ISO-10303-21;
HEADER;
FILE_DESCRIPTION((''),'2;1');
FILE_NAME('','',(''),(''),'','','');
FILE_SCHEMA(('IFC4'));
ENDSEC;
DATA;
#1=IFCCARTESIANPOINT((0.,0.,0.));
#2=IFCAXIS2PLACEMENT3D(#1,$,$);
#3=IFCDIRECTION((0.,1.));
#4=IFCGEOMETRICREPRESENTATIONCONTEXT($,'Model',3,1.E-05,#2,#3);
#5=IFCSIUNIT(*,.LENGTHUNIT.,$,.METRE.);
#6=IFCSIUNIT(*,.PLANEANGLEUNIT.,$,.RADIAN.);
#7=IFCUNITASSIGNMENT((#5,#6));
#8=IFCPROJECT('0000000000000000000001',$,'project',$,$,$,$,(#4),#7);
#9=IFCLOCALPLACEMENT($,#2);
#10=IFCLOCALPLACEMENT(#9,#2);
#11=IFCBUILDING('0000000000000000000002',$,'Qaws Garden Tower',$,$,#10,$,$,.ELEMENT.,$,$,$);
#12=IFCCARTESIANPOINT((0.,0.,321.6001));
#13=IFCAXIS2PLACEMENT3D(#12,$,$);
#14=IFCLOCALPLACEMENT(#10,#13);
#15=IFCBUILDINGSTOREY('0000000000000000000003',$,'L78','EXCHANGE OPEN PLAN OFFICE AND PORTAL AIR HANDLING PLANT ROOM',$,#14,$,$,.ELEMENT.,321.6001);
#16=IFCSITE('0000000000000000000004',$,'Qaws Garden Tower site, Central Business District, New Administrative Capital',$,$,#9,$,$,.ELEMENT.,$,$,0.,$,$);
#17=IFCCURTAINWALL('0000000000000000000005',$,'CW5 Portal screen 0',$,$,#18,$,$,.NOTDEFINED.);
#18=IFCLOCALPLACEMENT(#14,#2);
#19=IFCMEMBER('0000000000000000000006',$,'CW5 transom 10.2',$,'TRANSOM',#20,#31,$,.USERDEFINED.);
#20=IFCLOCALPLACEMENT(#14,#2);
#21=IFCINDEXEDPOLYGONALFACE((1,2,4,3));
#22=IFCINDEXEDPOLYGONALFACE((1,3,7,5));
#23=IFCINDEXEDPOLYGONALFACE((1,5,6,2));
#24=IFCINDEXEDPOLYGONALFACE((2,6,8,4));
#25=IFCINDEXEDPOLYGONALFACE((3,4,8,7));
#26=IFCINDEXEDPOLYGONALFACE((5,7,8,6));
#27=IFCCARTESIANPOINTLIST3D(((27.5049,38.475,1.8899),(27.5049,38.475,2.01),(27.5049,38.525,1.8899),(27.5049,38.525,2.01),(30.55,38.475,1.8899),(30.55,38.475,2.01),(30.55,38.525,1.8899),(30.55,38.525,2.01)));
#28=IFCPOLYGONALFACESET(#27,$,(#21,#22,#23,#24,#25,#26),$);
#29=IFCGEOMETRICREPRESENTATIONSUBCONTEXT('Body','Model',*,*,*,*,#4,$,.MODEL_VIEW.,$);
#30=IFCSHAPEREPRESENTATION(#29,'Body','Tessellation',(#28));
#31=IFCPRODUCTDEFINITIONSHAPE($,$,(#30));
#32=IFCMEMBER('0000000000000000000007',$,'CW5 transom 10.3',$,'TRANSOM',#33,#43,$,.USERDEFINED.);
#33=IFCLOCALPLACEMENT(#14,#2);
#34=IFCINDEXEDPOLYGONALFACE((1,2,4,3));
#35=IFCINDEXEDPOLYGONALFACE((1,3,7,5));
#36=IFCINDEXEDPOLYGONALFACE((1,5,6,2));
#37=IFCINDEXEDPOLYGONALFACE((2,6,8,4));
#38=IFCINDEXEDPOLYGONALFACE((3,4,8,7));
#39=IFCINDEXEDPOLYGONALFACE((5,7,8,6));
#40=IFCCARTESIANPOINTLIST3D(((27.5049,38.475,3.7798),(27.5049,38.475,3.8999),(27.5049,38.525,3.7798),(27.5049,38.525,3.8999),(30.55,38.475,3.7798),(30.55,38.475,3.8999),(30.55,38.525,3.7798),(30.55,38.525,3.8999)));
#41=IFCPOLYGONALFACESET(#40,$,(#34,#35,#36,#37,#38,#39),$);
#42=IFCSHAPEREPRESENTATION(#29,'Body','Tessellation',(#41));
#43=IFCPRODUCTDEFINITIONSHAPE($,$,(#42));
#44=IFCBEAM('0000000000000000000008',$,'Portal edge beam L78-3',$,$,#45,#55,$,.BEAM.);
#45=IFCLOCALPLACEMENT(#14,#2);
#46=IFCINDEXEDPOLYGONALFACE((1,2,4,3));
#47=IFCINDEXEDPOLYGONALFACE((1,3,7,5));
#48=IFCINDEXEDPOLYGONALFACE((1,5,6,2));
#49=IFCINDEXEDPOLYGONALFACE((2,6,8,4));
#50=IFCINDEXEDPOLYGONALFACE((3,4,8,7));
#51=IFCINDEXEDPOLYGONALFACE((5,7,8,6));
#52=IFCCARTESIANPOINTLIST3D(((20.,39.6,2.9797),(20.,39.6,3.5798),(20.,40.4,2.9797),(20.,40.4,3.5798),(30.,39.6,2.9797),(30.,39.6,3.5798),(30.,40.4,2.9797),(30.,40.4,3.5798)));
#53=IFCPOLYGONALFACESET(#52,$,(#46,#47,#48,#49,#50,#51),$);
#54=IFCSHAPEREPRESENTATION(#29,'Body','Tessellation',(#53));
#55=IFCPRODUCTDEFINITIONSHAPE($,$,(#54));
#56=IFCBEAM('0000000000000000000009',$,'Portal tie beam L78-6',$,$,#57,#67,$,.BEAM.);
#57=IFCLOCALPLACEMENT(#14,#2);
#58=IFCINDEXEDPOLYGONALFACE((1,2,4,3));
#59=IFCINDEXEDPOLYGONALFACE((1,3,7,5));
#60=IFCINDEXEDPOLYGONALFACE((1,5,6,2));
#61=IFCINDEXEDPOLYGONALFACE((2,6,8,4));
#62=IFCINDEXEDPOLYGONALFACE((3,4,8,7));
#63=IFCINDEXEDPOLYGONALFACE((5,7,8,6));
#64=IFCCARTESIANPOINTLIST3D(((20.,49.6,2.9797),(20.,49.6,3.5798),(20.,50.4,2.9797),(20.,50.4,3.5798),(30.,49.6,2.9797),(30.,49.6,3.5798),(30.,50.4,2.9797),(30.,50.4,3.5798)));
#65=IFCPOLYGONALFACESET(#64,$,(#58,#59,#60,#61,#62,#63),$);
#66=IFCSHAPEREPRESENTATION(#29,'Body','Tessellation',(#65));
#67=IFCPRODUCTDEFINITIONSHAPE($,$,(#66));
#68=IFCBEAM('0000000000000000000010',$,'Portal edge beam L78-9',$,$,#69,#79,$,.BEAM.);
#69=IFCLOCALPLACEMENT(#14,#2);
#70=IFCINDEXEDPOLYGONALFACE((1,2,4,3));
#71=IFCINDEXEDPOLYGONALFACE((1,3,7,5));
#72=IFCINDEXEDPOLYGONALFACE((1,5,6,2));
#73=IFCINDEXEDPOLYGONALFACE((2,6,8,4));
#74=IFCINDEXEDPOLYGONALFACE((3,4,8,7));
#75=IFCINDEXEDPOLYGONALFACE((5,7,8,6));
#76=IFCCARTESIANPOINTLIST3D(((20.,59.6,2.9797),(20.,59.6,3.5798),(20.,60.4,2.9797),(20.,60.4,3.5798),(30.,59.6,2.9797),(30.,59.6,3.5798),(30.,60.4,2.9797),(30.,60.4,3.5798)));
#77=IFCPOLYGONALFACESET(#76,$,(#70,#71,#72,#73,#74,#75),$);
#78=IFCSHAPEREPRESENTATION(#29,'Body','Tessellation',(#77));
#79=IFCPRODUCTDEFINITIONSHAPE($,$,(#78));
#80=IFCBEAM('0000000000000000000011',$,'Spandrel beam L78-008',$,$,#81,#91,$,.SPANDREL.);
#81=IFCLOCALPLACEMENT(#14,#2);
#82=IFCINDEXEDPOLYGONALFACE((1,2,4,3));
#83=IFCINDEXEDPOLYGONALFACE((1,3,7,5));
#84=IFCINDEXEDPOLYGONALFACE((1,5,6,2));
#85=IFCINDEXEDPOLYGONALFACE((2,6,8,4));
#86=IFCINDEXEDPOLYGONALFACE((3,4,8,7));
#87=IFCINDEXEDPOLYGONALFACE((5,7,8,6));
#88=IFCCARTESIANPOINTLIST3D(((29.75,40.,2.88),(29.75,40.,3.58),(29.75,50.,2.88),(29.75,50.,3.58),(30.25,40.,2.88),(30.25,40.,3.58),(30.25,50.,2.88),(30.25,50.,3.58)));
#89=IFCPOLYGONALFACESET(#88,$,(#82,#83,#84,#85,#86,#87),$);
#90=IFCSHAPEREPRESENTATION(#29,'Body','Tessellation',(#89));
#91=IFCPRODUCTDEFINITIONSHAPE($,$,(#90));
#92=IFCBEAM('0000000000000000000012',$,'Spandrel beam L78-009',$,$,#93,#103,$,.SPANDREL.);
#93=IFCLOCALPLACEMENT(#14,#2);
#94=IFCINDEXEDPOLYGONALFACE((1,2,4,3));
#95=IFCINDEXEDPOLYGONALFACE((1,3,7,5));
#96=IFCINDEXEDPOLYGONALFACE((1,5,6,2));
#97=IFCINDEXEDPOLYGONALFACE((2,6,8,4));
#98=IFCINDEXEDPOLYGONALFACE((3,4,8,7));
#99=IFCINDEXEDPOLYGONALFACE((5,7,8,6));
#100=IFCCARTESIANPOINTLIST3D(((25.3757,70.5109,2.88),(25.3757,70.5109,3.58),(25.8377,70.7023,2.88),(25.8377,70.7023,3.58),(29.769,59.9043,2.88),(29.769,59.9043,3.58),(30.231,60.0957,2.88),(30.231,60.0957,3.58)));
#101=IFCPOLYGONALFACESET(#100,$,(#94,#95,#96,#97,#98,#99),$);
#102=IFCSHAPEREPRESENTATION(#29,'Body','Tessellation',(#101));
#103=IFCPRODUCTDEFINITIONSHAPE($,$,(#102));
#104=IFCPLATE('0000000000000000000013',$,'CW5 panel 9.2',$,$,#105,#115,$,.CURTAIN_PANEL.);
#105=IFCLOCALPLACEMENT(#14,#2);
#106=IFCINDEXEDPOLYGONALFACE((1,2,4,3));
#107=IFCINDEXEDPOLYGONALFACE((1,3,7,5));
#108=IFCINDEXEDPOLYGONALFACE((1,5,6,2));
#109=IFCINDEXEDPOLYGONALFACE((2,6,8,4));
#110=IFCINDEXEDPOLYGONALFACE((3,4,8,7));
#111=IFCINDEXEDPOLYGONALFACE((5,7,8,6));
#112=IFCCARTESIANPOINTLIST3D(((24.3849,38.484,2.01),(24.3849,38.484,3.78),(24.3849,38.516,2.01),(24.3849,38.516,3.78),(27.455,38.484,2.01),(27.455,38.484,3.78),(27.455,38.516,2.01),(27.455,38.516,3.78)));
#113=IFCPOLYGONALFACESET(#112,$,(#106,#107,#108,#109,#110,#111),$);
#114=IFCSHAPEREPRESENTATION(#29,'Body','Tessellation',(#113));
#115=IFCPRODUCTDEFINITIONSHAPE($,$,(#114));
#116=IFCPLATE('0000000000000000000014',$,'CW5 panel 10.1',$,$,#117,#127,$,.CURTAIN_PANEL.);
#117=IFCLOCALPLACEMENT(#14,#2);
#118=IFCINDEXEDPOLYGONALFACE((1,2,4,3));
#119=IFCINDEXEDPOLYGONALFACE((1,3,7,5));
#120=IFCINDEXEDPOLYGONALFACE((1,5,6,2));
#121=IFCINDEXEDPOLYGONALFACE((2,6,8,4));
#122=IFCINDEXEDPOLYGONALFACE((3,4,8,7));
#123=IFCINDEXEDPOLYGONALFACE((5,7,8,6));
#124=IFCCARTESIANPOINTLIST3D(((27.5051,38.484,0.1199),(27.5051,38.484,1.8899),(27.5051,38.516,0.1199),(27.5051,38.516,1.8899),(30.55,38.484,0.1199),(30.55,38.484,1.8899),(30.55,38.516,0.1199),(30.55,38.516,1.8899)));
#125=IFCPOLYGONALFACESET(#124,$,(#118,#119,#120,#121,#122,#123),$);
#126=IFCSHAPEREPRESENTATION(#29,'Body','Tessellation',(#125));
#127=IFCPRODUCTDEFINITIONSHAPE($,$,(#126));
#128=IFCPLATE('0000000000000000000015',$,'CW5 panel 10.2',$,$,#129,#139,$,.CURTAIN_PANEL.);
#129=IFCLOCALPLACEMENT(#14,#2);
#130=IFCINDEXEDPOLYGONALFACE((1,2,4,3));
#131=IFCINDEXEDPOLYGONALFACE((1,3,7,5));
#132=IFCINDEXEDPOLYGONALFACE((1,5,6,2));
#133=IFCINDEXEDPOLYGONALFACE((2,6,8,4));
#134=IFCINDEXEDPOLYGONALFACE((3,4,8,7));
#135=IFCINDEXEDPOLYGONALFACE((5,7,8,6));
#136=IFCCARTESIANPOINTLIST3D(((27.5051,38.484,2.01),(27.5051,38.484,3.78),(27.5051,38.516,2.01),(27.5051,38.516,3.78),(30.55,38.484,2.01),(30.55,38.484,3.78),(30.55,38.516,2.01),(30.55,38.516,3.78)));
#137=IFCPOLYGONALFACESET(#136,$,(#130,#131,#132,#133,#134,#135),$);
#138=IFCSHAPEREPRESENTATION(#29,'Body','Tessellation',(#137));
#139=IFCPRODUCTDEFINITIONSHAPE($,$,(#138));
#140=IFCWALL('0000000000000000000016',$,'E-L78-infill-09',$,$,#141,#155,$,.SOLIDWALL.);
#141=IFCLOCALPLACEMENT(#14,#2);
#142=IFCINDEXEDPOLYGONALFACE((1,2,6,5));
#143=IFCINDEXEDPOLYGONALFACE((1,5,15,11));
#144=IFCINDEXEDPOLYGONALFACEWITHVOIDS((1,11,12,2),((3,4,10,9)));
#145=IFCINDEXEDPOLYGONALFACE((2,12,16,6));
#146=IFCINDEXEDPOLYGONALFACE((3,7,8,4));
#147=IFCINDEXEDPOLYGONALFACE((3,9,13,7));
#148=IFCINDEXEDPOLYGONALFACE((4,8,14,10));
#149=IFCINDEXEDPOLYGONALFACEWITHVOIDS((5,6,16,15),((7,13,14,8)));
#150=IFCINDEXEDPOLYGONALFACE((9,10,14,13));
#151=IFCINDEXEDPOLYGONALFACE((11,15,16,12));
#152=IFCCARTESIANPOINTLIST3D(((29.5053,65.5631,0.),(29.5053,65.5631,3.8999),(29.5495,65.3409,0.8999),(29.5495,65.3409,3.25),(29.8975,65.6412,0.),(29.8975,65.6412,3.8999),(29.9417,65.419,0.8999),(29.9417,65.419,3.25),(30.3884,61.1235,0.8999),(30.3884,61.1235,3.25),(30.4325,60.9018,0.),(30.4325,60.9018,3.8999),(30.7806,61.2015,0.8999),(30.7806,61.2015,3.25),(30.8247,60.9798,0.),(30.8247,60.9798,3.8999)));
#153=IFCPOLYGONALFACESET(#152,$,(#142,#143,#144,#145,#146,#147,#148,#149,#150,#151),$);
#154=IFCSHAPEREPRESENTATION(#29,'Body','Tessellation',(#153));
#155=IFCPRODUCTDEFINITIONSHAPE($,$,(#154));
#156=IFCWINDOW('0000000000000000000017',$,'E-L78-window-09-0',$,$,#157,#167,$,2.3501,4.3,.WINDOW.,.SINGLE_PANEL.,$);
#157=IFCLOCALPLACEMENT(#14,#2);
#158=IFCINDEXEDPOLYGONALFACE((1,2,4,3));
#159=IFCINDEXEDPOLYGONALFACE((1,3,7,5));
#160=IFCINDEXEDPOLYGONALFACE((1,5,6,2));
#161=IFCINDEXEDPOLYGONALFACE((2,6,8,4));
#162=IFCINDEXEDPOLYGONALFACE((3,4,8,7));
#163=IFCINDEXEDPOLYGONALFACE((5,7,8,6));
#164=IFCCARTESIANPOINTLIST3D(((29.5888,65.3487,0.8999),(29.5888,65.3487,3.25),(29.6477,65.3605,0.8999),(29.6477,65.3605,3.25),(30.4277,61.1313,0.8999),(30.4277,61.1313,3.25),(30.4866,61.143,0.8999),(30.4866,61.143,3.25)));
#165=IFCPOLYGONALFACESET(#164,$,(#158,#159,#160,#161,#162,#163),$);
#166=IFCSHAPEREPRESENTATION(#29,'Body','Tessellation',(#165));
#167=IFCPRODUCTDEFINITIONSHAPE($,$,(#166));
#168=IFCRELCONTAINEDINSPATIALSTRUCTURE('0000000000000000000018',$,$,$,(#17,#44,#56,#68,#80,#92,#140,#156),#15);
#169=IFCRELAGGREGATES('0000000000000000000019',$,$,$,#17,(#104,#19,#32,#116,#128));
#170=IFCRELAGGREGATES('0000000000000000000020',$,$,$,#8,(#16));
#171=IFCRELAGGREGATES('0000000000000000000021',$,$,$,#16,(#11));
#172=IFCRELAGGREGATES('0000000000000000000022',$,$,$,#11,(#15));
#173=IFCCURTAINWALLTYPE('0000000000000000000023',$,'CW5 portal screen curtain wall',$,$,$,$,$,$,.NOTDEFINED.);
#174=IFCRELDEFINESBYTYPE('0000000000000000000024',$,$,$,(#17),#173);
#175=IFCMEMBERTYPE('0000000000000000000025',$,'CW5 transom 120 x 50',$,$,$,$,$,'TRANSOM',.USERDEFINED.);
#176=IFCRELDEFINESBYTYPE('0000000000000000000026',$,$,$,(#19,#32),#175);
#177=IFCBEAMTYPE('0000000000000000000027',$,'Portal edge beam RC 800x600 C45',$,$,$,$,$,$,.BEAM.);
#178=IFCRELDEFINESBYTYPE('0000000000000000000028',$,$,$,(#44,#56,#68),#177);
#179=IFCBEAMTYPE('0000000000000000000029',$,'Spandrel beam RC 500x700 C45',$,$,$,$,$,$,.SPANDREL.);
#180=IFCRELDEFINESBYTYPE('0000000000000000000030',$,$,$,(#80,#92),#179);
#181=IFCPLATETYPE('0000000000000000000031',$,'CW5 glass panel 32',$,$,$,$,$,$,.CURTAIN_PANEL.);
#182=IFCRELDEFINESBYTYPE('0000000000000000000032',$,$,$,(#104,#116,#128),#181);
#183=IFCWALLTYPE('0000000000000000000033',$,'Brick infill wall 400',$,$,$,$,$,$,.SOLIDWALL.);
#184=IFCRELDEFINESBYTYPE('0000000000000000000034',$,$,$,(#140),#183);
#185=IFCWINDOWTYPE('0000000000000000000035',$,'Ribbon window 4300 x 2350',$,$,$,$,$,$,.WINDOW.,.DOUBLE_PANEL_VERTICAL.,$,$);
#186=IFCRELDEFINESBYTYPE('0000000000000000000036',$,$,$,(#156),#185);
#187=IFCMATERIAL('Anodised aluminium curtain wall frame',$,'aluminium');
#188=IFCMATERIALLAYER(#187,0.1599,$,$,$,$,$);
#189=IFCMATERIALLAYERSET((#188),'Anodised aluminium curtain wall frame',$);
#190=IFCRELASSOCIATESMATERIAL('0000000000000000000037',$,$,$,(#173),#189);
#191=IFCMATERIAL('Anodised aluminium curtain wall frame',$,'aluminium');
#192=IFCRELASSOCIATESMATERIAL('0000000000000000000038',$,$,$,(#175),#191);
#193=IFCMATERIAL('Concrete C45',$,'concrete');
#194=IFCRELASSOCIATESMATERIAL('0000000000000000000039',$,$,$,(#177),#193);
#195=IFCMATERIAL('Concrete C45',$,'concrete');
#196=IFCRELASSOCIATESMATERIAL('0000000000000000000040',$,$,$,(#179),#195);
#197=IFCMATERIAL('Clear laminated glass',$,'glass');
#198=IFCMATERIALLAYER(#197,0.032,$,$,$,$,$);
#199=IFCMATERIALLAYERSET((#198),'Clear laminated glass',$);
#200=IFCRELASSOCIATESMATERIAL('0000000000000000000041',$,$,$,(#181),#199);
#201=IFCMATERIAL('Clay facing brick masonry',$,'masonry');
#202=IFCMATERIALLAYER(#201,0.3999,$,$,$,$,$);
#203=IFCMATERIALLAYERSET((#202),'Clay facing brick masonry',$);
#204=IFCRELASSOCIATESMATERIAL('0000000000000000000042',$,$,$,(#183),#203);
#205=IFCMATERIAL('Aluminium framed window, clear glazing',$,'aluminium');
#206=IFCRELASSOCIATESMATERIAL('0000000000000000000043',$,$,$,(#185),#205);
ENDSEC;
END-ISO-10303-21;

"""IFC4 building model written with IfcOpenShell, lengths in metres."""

from ifc_helpers import new_model, si_unit, direction, frame, frame_2d, origin, origin_2d, place, context, subcontext, project, spatial, rectangle, extrude, material, layer, layer_set, material_profile, profile_set, type_object, element, fill, aggregate, save


model = new_model("IFC4")

# Units and contexts
model_context = context("Model", 3, precision=1e-05, world=origin(), true_north=direction((0.0, 1.0)))
body_context = subcontext(model_context, "Body", "Model", "MODEL_VIEW")
ifc_project = project(units=[si_unit("LENGTHUNIT", "METRE"), si_unit("PLANEANGLEUNIT", "RADIAN")], contexts=[model_context])

# Site, building, storey
site_placement = place(None, origin())
site = spatial("IfcSite", under=ifc_project, at=site_placement, Name="Qaws Garden Tower site, Central Business District, New Administrative Capital", CompositionType="ELEMENT", RefElevation=0.0)
building_placement = place(site_placement, origin())
building = spatial("IfcBuilding", under=site, at=building_placement, Name="Qaws Garden Tower", CompositionType="ELEMENT")
storey_placement = place(building_placement, frame((0.0, 0.0, 321.6001)))
storey = spatial("IfcBuildingStorey", under=building, at=storey_placement, Name="L78", Description="EXCHANGE OPEN PLAN OFFICE AND PORTAL AIR HANDLING PLANT ROOM", CompositionType="ELEMENT", Elevation=321.6001)

# Curtain wall, members
ifc_material_1 = material(Name="Anodised aluminium curtain wall frame", Category="aluminium")
ifc_layer_1 = layer(ifc_material_1, 0.1599)
ifc_layer_set_1 = layer_set([ifc_layer_1], Name="Anodised aluminium curtain wall frame")
curtain_wall_type = type_object("IfcCurtainWallType", Name="CW5 portal screen curtain wall", PredefinedType="NOTDEFINED", material=ifc_layer_set_1)
curtain_wall_placement = place(storey_placement, origin())
curtain_wall = element("IfcCurtainWall", 1, at=curtain_wall_placement, inside=storey, type_object=curtain_wall_type, Name="CW5 Portal screen 0", PredefinedType="NOTDEFINED")
ifc_material_2 = material(Name="Anodised aluminium curtain wall frame", Category="aluminium")
ifc_material_profile_1 = material_profile(ifc_material_2, rectangle(XDim=0.05, YDim=0.1201, at=origin_2d()), Name="AL 50x120")
ifc_profile_set_1 = profile_set([ifc_material_profile_1], Name="Anodised aluminium curtain wall frame")
member_type_1 = type_object("IfcMemberType", Name="CW5 transom 120 x 50", ElementType="TRANSOM", PredefinedType="USERDEFINED", material=ifc_profile_set_1)
member_1_placement = place(storey_placement, frame((27.5049, 38.5, 1.95), z_axis=(1.0, 0.0, 0.0), x_axis=(0.0, 1.0, 0.0)))
member_1 = element("IfcMember", 2, at=member_1_placement, type_object=member_type_1, Name="CW5 transom 10.2", ObjectType="TRANSOM", PredefinedType="USERDEFINED", context=body_context, shape_type="SweptSolid", body=[
    extrude(rectangle(XDim=0.05, YDim=0.1201, at=origin_2d()), origin(), (0.0, 0.0, 1.0), 3.0452),
])
member_2_placement = place(storey_placement, frame((27.5049, 38.5, 3.8398), z_axis=(1.0, 0.0, 0.0), x_axis=(0.0, 1.0, 0.0)))
member_2 = element("IfcMember", 3, at=member_2_placement, type_object=member_type_1, Name="CW5 transom 10.3", ObjectType="TRANSOM", PredefinedType="USERDEFINED", context=body_context, shape_type="SweptSolid", body=[
    extrude(rectangle(XDim=0.05, YDim=0.1201, at=origin_2d()), origin(), (0.0, 0.0, 1.0), 3.0452),
])

# Beams
ifc_material_3 = material(Name="Concrete C45", Category="concrete")
ifc_material_profile_2 = material_profile(ifc_material_3, rectangle(XDim=0.8, YDim=0.6001, at=origin_2d()), Name="RC 800x600")
ifc_profile_set_2 = profile_set([ifc_material_profile_2], Name="Concrete C45")
beam_type_1 = type_object("IfcBeamType", Name="Portal edge beam RC 800x600 C45", PredefinedType="BEAM", material=ifc_profile_set_2)
for number, where, z_axis, x_axis, name in (
    (4, (20.0, 40.0, 3.2798), (1.0, 0.0, 0.0), (0.0, 1.0, 0.0), "Portal edge beam L78-3"),
    (5, (20.0, 50.0, 3.2798), (1.0, 0.0, 0.0), (0.0, 1.0, 0.0), "Portal tie beam L78-6"),
    (6, (20.0, 60.0, 3.2798), (1.0, 0.0, 0.0), (0.0, 1.0, 0.0), "Portal edge beam L78-9"),
):
    element("IfcBeam", number, at=place(storey_placement, frame(where, z_axis=z_axis, x_axis=x_axis)), inside=storey, type_object=beam_type_1, Name=name, PredefinedType="BEAM", context=body_context, shape_type="SweptSolid", body=[
        extrude(rectangle(XDim=0.8, YDim=0.6001, at=origin_2d()), origin(), (0.0, 0.0, 1.0), 10.0),
    ])
ifc_material_4 = material(Name="Concrete C45", Category="concrete")
ifc_material_profile_3 = material_profile(ifc_material_4, rectangle(XDim=0.5, YDim=0.7, at=origin_2d()), Name="RC 500x700")
ifc_profile_set_3 = profile_set([ifc_material_profile_3], Name="Concrete C45")
beam_type_2 = type_object("IfcBeamType", Name="Spandrel beam RC 500x700 C45", PredefinedType="SPANDREL", material=ifc_profile_set_3)
beam_1_placement = place(storey_placement, frame((30.0, 40.0, 3.23), z_axis=(0.0, 1.0, 0.0), x_axis=(-1.0, 0.0, 0.0)))
element("IfcBeam", 7, at=beam_1_placement, inside=storey, type_object=beam_type_2, Name="Spandrel beam L78-008", PredefinedType="SPANDREL", context=body_context, shape_type="SweptSolid", body=[
    extrude(rectangle(XDim=0.5, YDim=0.7, at=origin_2d()), origin(), (0.0, 0.0, 1.0), 10.0),
])
beam_2_placement = place(storey_placement, frame((30.0, 60.0, 3.23), z_axis=(-0.382674, 0.923883, 0.0), x_axis=(-0.923883, -0.382674, 0.0)))
element("IfcBeam", 8, at=beam_2_placement, inside=storey, type_object=beam_type_2, Name="Spandrel beam L78-009", PredefinedType="SPANDREL", context=body_context, shape_type="SweptSolid", body=[
    extrude(rectangle(XDim=0.5, YDim=0.7, at=origin_2d()), origin(), (0.0, 0.0, 1.0), 11.4805),
])

# Plates
ifc_material_5 = material(Name="Clear laminated glass", Category="glass")
ifc_layer_2 = layer(ifc_material_5, 0.032)
ifc_layer_set_2 = layer_set([ifc_layer_2], Name="Clear laminated glass")
plate_type = type_object("IfcPlateType", Name="CW5 glass panel 32", PredefinedType="CURTAIN_PANEL", material=ifc_layer_set_2)
plate_1_placement = place(storey_placement, frame((25.9199, 38.5, 2.01), z_axis=(0.0, 0.0, 1.0), x_axis=(1.0, 0.0, 0.0)))
plate_1 = element("IfcPlate", 9, at=plate_1_placement, type_object=plate_type, Name="CW5 panel 9.2", PredefinedType="CURTAIN_PANEL", context=body_context, shape_type="SweptSolid", body=[
    extrude(rectangle(XDim=3.0701, YDim=0.032, at=origin_2d()), origin(), (0.0, 0.0, 1.0), 1.77),
])
plate_2_placement = place(storey_placement, frame((29.0276, 38.5, 0.1199), z_axis=(0.0, 0.0, 1.0), x_axis=(1.0, 0.0, 0.0)))
plate_2 = element("IfcPlate", 10, at=plate_2_placement, type_object=plate_type, Name="CW5 panel 10.1", PredefinedType="CURTAIN_PANEL", context=body_context, shape_type="SweptSolid", body=[
    extrude(rectangle(XDim=3.0449, YDim=0.032, at=origin_2d()), origin(), (0.0, 0.0, 1.0), 1.77),
])
plate_3_placement = place(storey_placement, frame((29.0276, 38.5, 2.01), z_axis=(0.0, 0.0, 1.0), x_axis=(1.0, 0.0, 0.0)))
plate_3 = element("IfcPlate", 11, at=plate_3_placement, type_object=plate_type, Name="CW5 panel 10.2", PredefinedType="CURTAIN_PANEL", context=body_context, shape_type="SweptSolid", body=[
    extrude(rectangle(XDim=3.0449, YDim=0.032, at=origin_2d()), origin(), (0.0, 0.0, 1.0), 1.77),
])
aggregate(curtain_wall, [plate_1, member_1, member_2, plate_2, plate_3])

# Wall, opening, window
ifc_material_6 = material(Name="Clay facing brick masonry", Category="masonry")
ifc_layer_3 = layer(ifc_material_6, 0.3999)
ifc_layer_set_3 = layer_set([ifc_layer_3], Name="Clay facing brick masonry")
wall_type_1 = type_object("IfcWallType", Name="Brick infill wall 400", PredefinedType="SOLIDWALL", material=ifc_layer_set_3)
wall_1_placement = place(storey_placement, frame((30.6287, 60.9407, 0.0), z_axis=(0.0, 0.0, 1.0), x_axis=(-0.195099, 0.980784, 0.0)))
wall_1 = element("IfcWall", 12, at=wall_1_placement, inside=storey, type_object=wall_type_1, Name="E-L78-infill-09", PredefinedType="SOLIDWALL", context=body_context, shape_type="SweptSolid", body=[
    extrude(rectangle(XDim=4.7527, YDim=0.3999, at=frame_2d((2.3765, 0.0))), origin(), (0.0, 0.0, 1.0), 3.8999),
])
opening_1_placement = place(wall_1_placement, frame((0.2263, 0.0, 0.8999)))
opening_1 = element("IfcOpeningElement", 13, at=opening_1_placement, cuts=wall_1, PredefinedType="OPENING", context=body_context, shape_type="SweptSolid", body=[
    extrude(rectangle(XDim=4.3, YDim=2.3501, at=frame_2d((2.1499, 1.175))), frame((0.0, 0.21, 0.0), z_axis=(0.0, -1.0, 0.0), x_axis=(1.0, 0.0, 0.0)), (0.0, 0.0, 1.0), 0.4199),
])
ifc_material_7 = material(Name="Aluminium framed window, clear glazing", Category="aluminium")
window_type = type_object("IfcWindowType", Name="Ribbon window 4300 x 2350", PartitioningType="DOUBLE_PANEL_VERTICAL", PredefinedType="WINDOW", material=ifc_material_7)
window_placement = place(opening_1_placement, origin())
window = element("IfcWindow", 14, at=window_placement, inside=storey, type_object=window_type, Name="E-L78-window-09-0", OverallHeight=2.3501, OverallWidth=4.3, PartitioningType="SINGLE_PANEL", PredefinedType="WINDOW", context=body_context, shape_type="SweptSolid", body=[
    extrude(rectangle(XDim=4.3, YDim=2.3501, at=frame_2d((2.1499, 1.175))), frame((0.0, 0.1599, 0.0), z_axis=(0.0, -1.0, 0.0), x_axis=(1.0, 0.0, 0.0)), (0.0, 0.0, 1.0), 0.0601),
])
fill(opening_1, window)

save(model, "model.ifc")
